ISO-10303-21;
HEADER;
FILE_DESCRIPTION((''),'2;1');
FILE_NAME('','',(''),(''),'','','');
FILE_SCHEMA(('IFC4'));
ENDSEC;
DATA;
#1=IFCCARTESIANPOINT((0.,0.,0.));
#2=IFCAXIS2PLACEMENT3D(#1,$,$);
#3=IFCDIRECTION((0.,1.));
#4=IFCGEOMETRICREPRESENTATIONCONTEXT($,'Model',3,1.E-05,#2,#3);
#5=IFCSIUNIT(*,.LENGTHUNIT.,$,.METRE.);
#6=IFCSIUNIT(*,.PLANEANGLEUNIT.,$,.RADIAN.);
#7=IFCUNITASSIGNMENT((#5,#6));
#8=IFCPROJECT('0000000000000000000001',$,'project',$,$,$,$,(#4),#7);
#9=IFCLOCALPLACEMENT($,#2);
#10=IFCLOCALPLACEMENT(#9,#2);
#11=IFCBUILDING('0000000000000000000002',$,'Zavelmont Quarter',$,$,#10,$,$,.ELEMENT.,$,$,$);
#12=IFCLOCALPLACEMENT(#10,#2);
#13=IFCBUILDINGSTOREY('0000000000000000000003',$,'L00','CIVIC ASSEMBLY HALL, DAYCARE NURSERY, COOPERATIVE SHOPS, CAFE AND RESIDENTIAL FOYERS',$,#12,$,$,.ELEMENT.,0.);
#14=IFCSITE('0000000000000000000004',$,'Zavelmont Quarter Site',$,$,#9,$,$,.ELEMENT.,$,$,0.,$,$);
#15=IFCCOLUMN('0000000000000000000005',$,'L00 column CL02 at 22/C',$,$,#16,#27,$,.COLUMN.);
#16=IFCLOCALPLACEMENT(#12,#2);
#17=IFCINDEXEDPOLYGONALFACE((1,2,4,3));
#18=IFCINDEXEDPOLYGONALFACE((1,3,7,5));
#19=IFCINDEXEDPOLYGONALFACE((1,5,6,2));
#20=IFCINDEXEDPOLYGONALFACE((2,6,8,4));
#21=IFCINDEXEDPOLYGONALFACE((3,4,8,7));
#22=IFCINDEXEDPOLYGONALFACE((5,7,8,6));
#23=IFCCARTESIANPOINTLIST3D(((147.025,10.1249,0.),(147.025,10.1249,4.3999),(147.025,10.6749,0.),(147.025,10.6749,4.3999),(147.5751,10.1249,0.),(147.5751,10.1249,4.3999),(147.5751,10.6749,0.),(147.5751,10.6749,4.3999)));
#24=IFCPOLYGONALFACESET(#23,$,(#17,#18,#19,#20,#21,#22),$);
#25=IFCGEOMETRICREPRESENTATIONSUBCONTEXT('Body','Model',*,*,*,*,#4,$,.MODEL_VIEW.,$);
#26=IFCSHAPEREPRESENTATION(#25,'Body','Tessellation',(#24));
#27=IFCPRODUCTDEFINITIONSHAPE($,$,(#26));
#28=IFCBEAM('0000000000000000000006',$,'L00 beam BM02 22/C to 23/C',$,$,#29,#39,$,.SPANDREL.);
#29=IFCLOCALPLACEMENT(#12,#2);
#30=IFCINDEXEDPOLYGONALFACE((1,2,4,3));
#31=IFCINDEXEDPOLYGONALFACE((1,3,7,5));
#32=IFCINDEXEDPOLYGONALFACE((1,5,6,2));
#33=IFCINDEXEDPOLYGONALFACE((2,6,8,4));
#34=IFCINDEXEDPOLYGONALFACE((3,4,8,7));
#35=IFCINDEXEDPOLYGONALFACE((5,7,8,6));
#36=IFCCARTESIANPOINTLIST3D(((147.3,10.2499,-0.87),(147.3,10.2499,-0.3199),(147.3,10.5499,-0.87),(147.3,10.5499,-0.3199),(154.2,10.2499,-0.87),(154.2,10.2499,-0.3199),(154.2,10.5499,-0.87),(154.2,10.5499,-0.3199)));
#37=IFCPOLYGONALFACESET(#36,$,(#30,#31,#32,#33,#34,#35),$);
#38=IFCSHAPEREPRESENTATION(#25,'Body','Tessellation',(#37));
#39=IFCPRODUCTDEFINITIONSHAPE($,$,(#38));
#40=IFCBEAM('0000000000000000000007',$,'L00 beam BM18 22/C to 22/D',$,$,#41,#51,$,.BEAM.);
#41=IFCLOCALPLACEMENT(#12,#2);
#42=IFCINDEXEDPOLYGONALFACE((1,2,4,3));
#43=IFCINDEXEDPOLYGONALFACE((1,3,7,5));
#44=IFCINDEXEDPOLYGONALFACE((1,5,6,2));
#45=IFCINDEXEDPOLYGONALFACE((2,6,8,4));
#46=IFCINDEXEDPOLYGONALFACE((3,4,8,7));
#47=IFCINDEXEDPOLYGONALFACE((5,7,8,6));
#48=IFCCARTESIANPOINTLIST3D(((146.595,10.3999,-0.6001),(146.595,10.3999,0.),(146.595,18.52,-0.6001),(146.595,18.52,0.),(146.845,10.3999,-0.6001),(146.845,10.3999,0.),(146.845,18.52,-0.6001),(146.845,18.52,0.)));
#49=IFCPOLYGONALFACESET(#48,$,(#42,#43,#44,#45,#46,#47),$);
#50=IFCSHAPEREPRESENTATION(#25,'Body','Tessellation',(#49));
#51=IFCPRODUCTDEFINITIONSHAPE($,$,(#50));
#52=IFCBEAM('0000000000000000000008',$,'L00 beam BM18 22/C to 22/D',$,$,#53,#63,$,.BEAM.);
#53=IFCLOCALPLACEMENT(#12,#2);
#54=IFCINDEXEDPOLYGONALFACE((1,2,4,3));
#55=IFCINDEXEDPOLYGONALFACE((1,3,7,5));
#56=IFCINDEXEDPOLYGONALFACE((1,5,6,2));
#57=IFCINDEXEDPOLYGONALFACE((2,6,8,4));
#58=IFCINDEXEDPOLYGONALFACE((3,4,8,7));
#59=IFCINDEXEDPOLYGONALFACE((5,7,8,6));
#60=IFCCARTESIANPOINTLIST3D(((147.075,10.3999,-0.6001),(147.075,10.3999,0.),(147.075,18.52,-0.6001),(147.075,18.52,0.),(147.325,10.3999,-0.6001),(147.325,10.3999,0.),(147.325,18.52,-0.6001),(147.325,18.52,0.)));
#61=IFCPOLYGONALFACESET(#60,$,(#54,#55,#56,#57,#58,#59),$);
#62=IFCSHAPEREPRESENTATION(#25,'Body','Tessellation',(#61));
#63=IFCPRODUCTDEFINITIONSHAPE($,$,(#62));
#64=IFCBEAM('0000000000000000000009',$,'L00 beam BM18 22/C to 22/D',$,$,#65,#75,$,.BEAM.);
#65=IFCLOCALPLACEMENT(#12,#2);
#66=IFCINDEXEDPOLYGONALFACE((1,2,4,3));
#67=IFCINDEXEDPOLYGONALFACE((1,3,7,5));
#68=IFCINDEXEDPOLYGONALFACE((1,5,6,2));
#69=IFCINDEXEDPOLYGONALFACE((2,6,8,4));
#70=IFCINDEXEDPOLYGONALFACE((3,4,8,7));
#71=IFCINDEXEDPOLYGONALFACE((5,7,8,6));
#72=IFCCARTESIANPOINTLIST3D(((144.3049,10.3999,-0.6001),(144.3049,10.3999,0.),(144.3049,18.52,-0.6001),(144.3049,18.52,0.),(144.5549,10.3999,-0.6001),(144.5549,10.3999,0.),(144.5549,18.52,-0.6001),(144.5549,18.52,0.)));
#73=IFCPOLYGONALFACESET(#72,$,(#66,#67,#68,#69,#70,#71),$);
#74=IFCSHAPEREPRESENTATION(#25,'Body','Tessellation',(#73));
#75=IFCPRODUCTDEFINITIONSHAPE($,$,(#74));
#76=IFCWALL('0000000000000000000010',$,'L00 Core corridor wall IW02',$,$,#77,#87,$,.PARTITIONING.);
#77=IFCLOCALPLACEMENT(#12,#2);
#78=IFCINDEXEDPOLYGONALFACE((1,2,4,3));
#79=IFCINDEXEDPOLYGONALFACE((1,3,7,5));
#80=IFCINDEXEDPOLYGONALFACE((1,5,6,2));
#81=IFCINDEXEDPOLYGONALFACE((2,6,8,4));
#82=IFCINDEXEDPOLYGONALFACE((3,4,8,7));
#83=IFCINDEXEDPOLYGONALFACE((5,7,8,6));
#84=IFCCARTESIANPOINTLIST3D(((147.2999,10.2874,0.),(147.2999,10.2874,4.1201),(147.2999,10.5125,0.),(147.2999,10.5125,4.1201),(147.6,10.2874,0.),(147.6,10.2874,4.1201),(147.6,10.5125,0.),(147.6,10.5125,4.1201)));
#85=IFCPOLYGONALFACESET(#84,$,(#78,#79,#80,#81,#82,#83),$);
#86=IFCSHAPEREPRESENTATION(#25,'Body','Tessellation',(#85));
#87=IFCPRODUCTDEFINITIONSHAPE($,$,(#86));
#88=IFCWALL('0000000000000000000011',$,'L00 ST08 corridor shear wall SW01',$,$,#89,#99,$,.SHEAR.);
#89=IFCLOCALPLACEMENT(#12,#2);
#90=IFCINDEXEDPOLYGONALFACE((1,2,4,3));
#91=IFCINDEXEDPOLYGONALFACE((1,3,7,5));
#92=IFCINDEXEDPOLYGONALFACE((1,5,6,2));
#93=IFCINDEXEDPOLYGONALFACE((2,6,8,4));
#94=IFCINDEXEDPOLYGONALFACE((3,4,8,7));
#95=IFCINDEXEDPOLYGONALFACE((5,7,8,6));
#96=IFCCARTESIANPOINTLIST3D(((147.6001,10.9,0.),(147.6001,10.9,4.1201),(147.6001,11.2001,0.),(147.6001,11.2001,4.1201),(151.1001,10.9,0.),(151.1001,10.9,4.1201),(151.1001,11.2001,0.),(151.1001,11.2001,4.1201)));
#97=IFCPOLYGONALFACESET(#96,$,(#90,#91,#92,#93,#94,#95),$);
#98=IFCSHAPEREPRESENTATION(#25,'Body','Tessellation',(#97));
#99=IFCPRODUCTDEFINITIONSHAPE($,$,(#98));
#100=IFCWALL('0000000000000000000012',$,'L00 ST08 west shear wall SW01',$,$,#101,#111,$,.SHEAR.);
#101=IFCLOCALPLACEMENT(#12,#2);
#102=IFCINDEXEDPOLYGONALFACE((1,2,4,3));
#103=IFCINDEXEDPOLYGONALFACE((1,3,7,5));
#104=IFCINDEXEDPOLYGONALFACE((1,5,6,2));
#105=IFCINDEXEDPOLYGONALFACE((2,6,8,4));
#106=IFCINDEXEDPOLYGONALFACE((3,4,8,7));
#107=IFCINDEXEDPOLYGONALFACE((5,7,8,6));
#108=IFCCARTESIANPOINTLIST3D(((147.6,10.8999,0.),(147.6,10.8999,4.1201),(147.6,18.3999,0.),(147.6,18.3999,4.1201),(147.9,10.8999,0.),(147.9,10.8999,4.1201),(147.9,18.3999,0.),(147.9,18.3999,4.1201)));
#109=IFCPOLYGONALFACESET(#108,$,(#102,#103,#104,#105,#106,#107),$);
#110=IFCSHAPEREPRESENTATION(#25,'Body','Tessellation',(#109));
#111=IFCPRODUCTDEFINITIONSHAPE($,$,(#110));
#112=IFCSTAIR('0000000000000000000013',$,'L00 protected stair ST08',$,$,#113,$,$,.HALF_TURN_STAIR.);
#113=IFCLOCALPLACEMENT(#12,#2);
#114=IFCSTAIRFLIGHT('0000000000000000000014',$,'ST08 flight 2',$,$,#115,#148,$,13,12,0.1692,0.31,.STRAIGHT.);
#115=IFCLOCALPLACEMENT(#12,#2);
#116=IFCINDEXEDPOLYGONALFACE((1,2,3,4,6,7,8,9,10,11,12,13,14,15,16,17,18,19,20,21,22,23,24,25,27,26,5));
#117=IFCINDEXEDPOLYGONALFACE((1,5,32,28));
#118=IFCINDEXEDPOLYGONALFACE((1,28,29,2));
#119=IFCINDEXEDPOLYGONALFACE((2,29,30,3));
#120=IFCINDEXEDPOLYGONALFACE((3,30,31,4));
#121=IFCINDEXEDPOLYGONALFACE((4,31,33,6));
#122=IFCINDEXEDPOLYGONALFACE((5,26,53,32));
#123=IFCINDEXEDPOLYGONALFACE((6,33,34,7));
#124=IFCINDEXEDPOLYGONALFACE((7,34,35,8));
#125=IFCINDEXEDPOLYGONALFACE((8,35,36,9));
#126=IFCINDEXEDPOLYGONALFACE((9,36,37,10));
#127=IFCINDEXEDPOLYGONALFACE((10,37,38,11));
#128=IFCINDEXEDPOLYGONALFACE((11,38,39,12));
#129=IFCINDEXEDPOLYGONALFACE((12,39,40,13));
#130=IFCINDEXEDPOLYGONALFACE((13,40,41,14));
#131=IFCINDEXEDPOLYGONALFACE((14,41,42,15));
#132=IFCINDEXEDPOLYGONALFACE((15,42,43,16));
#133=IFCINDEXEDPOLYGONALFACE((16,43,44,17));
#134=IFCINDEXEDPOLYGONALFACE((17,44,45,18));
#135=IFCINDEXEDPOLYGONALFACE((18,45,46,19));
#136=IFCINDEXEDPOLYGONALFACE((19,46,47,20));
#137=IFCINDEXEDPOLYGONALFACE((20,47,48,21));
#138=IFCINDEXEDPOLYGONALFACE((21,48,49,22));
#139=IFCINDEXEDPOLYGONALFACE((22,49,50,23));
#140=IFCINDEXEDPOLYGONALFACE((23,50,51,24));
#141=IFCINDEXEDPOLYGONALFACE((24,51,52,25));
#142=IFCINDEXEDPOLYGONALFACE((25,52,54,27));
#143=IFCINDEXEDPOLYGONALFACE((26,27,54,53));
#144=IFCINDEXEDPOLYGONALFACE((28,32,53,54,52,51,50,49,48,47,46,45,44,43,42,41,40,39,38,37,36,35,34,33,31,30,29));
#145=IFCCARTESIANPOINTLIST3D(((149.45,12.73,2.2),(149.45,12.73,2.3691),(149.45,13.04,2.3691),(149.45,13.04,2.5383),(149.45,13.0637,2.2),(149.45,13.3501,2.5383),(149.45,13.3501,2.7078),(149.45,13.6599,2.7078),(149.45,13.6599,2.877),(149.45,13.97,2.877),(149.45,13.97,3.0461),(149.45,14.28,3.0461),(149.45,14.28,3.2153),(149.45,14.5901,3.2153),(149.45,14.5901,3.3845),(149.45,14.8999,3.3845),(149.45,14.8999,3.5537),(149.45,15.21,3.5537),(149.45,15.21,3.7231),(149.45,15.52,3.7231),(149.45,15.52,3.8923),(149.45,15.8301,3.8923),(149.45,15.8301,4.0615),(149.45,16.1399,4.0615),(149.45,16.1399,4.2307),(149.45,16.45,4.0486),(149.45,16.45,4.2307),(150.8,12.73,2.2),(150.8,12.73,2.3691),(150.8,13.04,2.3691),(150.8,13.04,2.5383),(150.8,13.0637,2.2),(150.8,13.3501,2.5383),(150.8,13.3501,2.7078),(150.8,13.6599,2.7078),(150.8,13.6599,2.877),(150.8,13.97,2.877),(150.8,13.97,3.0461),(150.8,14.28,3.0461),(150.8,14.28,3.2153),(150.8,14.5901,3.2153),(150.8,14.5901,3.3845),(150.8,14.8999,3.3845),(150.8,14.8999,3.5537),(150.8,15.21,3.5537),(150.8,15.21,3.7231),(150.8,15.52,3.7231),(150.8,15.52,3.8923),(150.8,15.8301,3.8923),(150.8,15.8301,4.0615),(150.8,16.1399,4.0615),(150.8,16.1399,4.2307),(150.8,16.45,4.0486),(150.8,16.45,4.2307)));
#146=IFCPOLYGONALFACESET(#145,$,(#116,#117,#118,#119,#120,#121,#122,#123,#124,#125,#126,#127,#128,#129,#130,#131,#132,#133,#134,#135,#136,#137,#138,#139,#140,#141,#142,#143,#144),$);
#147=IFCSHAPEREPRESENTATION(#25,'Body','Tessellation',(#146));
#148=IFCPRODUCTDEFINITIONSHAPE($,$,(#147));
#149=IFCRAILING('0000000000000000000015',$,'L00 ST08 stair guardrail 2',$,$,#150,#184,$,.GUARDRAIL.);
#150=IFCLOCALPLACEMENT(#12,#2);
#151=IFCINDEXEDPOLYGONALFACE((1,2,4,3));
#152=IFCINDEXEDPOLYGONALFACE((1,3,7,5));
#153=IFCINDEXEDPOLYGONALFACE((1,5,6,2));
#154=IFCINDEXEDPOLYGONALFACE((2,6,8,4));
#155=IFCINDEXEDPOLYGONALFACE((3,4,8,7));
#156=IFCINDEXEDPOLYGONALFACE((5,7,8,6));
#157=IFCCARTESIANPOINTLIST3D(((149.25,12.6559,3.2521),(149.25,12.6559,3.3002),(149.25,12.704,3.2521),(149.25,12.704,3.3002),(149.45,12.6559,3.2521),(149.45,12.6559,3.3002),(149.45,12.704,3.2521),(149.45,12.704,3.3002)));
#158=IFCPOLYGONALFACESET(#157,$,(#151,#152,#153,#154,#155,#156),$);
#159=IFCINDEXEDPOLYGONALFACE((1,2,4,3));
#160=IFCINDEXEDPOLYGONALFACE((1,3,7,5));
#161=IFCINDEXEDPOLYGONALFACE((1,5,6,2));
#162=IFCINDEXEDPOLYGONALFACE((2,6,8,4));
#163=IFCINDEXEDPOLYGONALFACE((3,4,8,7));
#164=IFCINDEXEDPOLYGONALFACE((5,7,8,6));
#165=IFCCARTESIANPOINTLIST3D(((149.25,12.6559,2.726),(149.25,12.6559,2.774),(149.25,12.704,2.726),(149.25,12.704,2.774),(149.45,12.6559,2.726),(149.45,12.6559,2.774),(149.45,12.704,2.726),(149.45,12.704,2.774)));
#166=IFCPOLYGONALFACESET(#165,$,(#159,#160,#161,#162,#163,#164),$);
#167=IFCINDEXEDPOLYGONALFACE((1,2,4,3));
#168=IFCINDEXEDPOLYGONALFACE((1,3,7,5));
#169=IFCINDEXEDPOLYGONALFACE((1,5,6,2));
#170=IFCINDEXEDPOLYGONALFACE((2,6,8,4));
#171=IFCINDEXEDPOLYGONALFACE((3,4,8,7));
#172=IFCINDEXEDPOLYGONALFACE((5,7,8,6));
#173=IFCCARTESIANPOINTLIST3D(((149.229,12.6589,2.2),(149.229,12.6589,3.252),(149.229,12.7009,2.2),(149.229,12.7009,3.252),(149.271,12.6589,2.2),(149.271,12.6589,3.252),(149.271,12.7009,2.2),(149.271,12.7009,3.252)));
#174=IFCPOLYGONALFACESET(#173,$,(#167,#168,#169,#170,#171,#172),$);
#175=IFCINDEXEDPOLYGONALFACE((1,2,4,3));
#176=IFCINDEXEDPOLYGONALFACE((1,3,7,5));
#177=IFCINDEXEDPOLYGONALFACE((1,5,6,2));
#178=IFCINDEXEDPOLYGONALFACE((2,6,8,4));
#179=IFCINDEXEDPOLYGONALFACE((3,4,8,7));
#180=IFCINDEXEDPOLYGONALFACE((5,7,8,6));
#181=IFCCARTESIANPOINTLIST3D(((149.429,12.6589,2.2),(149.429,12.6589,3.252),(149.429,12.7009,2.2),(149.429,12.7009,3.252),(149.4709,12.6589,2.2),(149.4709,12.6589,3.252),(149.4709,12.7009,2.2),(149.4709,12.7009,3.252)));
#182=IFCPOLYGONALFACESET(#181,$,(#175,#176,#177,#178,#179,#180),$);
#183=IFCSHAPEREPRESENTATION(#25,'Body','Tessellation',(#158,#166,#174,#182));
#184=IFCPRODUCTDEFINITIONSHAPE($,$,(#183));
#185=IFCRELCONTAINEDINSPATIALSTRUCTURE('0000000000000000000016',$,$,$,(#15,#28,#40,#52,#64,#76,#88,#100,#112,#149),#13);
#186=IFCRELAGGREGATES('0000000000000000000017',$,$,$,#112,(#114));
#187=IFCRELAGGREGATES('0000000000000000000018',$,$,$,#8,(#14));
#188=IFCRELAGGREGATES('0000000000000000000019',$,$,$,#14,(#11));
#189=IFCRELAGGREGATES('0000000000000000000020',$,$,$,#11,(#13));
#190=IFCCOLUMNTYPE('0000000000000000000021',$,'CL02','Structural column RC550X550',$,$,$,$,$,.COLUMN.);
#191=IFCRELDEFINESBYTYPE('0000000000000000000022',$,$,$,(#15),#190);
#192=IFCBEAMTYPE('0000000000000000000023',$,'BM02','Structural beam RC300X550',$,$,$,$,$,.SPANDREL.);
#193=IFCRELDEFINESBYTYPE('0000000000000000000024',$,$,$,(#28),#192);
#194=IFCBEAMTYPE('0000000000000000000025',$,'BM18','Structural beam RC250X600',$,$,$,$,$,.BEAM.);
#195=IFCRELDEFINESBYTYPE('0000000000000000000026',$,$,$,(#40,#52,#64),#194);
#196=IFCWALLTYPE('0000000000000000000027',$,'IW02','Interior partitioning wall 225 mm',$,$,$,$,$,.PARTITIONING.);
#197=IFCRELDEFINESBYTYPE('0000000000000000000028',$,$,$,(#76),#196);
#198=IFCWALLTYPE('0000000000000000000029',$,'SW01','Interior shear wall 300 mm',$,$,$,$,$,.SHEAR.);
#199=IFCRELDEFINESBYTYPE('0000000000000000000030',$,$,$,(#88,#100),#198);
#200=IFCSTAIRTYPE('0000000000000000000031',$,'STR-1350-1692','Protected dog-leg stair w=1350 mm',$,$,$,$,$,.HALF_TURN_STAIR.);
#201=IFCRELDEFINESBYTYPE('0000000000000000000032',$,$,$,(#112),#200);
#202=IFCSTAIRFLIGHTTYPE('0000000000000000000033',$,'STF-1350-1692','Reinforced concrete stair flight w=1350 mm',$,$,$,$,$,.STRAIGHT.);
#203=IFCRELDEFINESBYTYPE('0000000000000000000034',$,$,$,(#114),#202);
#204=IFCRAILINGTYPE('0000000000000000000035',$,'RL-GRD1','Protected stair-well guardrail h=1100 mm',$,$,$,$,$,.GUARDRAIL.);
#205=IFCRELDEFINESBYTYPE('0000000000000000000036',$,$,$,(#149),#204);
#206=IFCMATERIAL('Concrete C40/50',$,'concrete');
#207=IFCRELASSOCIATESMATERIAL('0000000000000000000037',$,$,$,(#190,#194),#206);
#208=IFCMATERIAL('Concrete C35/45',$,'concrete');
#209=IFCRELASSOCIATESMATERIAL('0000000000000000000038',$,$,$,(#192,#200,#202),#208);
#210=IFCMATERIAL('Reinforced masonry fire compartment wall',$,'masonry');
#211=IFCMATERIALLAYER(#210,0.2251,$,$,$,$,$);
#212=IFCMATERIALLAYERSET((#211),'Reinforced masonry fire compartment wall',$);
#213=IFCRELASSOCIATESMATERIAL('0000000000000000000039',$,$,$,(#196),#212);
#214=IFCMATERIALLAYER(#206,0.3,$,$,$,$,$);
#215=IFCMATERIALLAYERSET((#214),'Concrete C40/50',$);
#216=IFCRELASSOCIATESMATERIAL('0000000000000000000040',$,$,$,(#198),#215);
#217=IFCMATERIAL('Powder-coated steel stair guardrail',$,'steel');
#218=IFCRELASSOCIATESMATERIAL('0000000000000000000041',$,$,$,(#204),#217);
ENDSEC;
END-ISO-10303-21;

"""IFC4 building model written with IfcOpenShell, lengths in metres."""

from ifc_helpers import new_model, si_unit, direction, frame, frame_2d, origin, origin_2d, place, context, subcontext, project, spatial, polyline, rectangle, outline, extrude, material, layer, layer_set, material_profile, profile_set, type_object, element, aggregate, save


model = new_model("IFC4")

# Units and contexts
model_context = context("Model", 3, precision=1e-05, world=origin(), true_north=direction((0.0, 1.0)))
body_context = subcontext(model_context, "Body", "Model", "MODEL_VIEW")
ifc_project = project(units=[si_unit("LENGTHUNIT", "METRE"), si_unit("PLANEANGLEUNIT", "RADIAN")], contexts=[model_context])

# Site, building, storey
site_placement = place(None, origin())
site = spatial("IfcSite", under=ifc_project, at=site_placement, Name="Zavelmont Quarter Site", CompositionType="ELEMENT", RefElevation=0.0)
building_placement = place(site_placement, origin())
building = spatial("IfcBuilding", under=site, at=building_placement, Name="Zavelmont Quarter", CompositionType="ELEMENT")
storey_placement = place(building_placement, origin())
storey = spatial("IfcBuildingStorey", under=building, at=storey_placement, Name="L00", Description="CIVIC ASSEMBLY HALL, DAYCARE NURSERY, COOPERATIVE SHOPS, CAFE AND RESIDENTIAL FOYERS", CompositionType="ELEMENT", Elevation=0.0)

# Column
ifc_material_1 = material(Name="Concrete C40/50", Category="concrete")
ifc_material_profile_1 = material_profile(ifc_material_1, rectangle(XDim=0.55, YDim=0.55, at=origin_2d()), Name="RC550X550")
ifc_profile_set_1 = profile_set([ifc_material_profile_1], Name="Concrete C40/50")
column_type = type_object("IfcColumnType", Name="CL02", Description="Structural column RC550X550", PredefinedType="COLUMN", material=ifc_profile_set_1)
column_placement = place(storey_placement, frame((147.3, 10.3999, 0.0), z_axis=(0.0, 0.0, 1.0), x_axis=(1.0, 0.0, 0.0)))
element("IfcColumn", 1, at=column_placement, inside=storey, type_object=column_type, Name="L00 column CL02 at 22/C", PredefinedType="COLUMN", context=body_context, shape_type="SweptSolid", body=[
    extrude(rectangle(XDim=0.55, YDim=0.55, at=origin_2d()), origin(), (0.0, 0.0, 1.0), 4.3999),
])

# Beams
ifc_material_2 = material(Name="Concrete C35/45", Category="concrete")
ifc_material_profile_2 = material_profile(ifc_material_2, rectangle(XDim=0.3, YDim=0.55, at=origin_2d()), Name="RC300X550")
ifc_profile_set_2 = profile_set([ifc_material_profile_2], Name="Concrete C35/45")
beam_type_1 = type_object("IfcBeamType", Name="BM02", Description="Structural beam RC300X550", PredefinedType="SPANDREL", material=ifc_profile_set_2)
beam_placement = place(storey_placement, frame((147.3, 10.3999, -0.595), z_axis=(1.0, 0.0, 0.0), x_axis=(0.0, 1.0, 0.0)))
element("IfcBeam", 2, at=beam_placement, inside=storey, type_object=beam_type_1, Name="L00 beam BM02 22/C to 23/C", PredefinedType="SPANDREL", context=body_context, shape_type="SweptSolid", body=[
    extrude(rectangle(XDim=0.3, YDim=0.55, at=origin_2d()), origin(), (0.0, 0.0, 1.0), 6.8999),
])
ifc_material_profile_3 = material_profile(ifc_material_1, rectangle(XDim=0.25, YDim=0.6001, at=origin_2d()), Name="RC250X600")
ifc_profile_set_3 = profile_set([ifc_material_profile_3], Name="Concrete C40/50")
beam_type_2 = type_object("IfcBeamType", Name="BM18", Description="Structural beam RC250X600", PredefinedType="BEAM", material=ifc_profile_set_3)
for number, where, z_axis, x_axis, name in (
    (3, (146.72, 10.3999, -0.3), (0.0, 1.0, 0.0), (-1.0, 0.0, 0.0), "L00 beam BM18 22/C to 22/D"),
    (4, (147.2, 10.3999, -0.3), (0.0, 1.0, 0.0), (-1.0, 0.0, 0.0), "L00 beam BM18 22/C to 22/D"),
    (5, (144.4299, 10.3999, -0.3), (0.0, 1.0, 0.0), (-1.0, 0.0, 0.0), "L00 beam BM18 22/C to 22/D"),
):
    element("IfcBeam", number, at=place(storey_placement, frame(where, z_axis=z_axis, x_axis=x_axis)), inside=storey, type_object=beam_type_2, Name=name, PredefinedType="BEAM", context=body_context, shape_type="SweptSolid", body=[
        extrude(rectangle(XDim=0.25, YDim=0.6001, at=origin_2d()), origin(), (0.0, 0.0, 1.0), 8.1201),
    ])

# Shared definitions
ifc_material_3 = material(Name="Reinforced masonry fire compartment wall", Category="masonry")
ifc_layer_1 = layer(ifc_material_3, 0.2251)
ifc_layer_set_1 = layer_set([ifc_layer_1], Name="Reinforced masonry fire compartment wall")
wall_type_1 = type_object("IfcWallType", Name="IW02", Description="Interior partitioning wall 225 mm", PredefinedType="PARTITIONING", material=ifc_layer_set_1)

# Wall
wall_1_placement = place(storey_placement, frame((147.3, 10.3999, 0.0), z_axis=(0.0, 0.0, 1.0), x_axis=(1.0, 0.0, 0.0)))
element("IfcWall", 6, at=wall_1_placement, inside=storey, type_object=wall_type_1, Name="L00 Core corridor wall IW02", PredefinedType="PARTITIONING", context=body_context, shape_type="SweptSolid", body=[
    extrude(rectangle(XDim=0.3, YDim=0.2251, at=frame_2d((0.1499, 0.0))), origin(), (0.0, 0.0, 1.0), 4.1201),
])

# Walls
ifc_layer_2 = layer(ifc_material_1, 0.3)
ifc_layer_set_2 = layer_set([ifc_layer_2], Name="Concrete C40/50")
wall_type_2 = type_object("IfcWallType", Name="SW01", Description="Interior shear wall 300 mm", PredefinedType="SHEAR", material=ifc_layer_set_2)
wall_2_placement = place(storey_placement, frame((147.6001, 11.05, 0.0), z_axis=(0.0, 0.0, 1.0), x_axis=(1.0, 0.0, 0.0)))
element("IfcWall", 7, at=wall_2_placement, inside=storey, type_object=wall_type_2, Name="L00 ST08 corridor shear wall SW01", PredefinedType="SHEAR", context=body_context, shape_type="SweptSolid", body=[
    extrude(rectangle(XDim=3.5, YDim=0.3, at=frame_2d((1.75, 0.0))), origin(), (0.0, 0.0, 1.0), 4.1201),
])
wall_3_placement = place(storey_placement, frame((147.75, 10.8999, 0.0), z_axis=(0.0, 0.0, 1.0), x_axis=(0.0, 1.0, 0.0)))
element("IfcWall", 8, at=wall_3_placement, inside=storey, type_object=wall_type_2, Name="L00 ST08 west shear wall SW01", PredefinedType="SHEAR", context=body_context, shape_type="SweptSolid", body=[
    extrude(rectangle(XDim=7.5, YDim=0.3, at=frame_2d((3.75, 0.0))), origin(), (0.0, 0.0, 1.0), 4.1201),
])

# Stair, stair flight
stair_type = type_object("IfcStairType", Name="STR-1350-1692", Description="Protected dog-leg stair w=1350 mm", PredefinedType="HALF_TURN_STAIR", material=ifc_material_2)
stair_placement = place(storey_placement, origin())
stair = element("IfcStair", 9, at=stair_placement, inside=storey, type_object=stair_type, Name="L00 protected stair ST08", PredefinedType="HALF_TURN_STAIR")
stair_flight_type = type_object("IfcStairFlightType", Name="STF-1350-1692", Description="Reinforced concrete stair flight w=1350 mm", PredefinedType="STRAIGHT", material=ifc_material_2)
stair_flight_placement = place(storey_placement, frame((150.125, 12.73, 2.2), z_axis=(0.0, 0.0, 1.0), x_axis=(0.0, 1.0, 0.0)))
stair_flight = element("IfcStairFlight", 10, at=stair_flight_placement, type_object=stair_flight_type, Name="ST08 flight 2", NumberOfRisers=13, NumberOfTreads=12, PredefinedType="STRAIGHT", RiserHeight=0.1692, TreadLength=0.31, context=body_context, shape_type="SweptSolid", body=[
    extrude(outline(polyline([(0.0, 0.0), (0.0, 0.1692), (0.3101, 0.1692), (0.3101, 0.3384), (0.6201, 0.3384), (0.6201, 0.5078), (0.9299, 0.5078), (0.9299, 0.677), (1.24, 0.677), (1.24, 0.8462), (1.55, 0.8462), (1.55, 1.0154), (1.8601, 1.0154), (1.8601, 1.1846), (2.1699, 1.1846), (2.1699, 1.3538), (2.48, 1.3538), (2.48, 1.5232), (2.79, 1.5232), (2.79, 1.6924), (3.1001, 1.6924), (3.1001, 1.8616), (3.4099, 1.8616), (3.4099, 2.0308), (3.72, 2.0308), (3.72, 2.2), (3.72, 1.8486), (0.3337, 0.0), (0.0, 0.0)])), frame((0.0, 0.675, 0.0), z_axis=(0.0, -1.0, 0.0), x_axis=(1.0, 0.0, 0.0)), (0.0, 0.0, 1.0), 1.3501),
])
aggregate(stair, [stair_flight])

# Railing
ifc_material_4 = material(Name="Powder-coated steel stair guardrail", Category="steel")
railing_type_1 = type_object("IfcRailingType", Name="RL-GRD1", Description="Protected stair-well guardrail h=1100 mm", PredefinedType="GUARDRAIL", material=ifc_material_4)
railing_1_placement = place(storey_placement, frame((149.25, 12.6799, 2.2)))
element("IfcRailing", 11, at=railing_1_placement, inside=storey, type_object=railing_type_1, Name="L00 ST08 stair guardrail 2", PredefinedType="GUARDRAIL", context=body_context, shape_type="SweptSolid", body=[
    extrude(rectangle(XDim=0.0481, YDim=0.0481, at=origin_2d()), frame((0.0, 0.0, 1.0762), z_axis=(1.0, 0.0, 0.0), x_axis=(0.0, 1.0, 0.0)), (0.0, 0.0, 1.0), 0.2),
    extrude(rectangle(XDim=0.0481, YDim=0.0481, at=origin_2d()), frame((0.0, 0.0, 0.55), z_axis=(1.0, 0.0, 0.0), x_axis=(0.0, 1.0, 0.0)), (0.0, 0.0, 1.0), 0.2),
    extrude(rectangle(XDim=0.042, YDim=0.042, at=origin_2d()), origin(), (0.0, 0.0, 1.0), 1.052),
    extrude(rectangle(XDim=0.042, YDim=0.042, at=origin_2d()), frame((0.2, 0.0, 0.0)), (0.0, 0.0, 1.0), 1.052),
])

save(model, "model.ifc")
